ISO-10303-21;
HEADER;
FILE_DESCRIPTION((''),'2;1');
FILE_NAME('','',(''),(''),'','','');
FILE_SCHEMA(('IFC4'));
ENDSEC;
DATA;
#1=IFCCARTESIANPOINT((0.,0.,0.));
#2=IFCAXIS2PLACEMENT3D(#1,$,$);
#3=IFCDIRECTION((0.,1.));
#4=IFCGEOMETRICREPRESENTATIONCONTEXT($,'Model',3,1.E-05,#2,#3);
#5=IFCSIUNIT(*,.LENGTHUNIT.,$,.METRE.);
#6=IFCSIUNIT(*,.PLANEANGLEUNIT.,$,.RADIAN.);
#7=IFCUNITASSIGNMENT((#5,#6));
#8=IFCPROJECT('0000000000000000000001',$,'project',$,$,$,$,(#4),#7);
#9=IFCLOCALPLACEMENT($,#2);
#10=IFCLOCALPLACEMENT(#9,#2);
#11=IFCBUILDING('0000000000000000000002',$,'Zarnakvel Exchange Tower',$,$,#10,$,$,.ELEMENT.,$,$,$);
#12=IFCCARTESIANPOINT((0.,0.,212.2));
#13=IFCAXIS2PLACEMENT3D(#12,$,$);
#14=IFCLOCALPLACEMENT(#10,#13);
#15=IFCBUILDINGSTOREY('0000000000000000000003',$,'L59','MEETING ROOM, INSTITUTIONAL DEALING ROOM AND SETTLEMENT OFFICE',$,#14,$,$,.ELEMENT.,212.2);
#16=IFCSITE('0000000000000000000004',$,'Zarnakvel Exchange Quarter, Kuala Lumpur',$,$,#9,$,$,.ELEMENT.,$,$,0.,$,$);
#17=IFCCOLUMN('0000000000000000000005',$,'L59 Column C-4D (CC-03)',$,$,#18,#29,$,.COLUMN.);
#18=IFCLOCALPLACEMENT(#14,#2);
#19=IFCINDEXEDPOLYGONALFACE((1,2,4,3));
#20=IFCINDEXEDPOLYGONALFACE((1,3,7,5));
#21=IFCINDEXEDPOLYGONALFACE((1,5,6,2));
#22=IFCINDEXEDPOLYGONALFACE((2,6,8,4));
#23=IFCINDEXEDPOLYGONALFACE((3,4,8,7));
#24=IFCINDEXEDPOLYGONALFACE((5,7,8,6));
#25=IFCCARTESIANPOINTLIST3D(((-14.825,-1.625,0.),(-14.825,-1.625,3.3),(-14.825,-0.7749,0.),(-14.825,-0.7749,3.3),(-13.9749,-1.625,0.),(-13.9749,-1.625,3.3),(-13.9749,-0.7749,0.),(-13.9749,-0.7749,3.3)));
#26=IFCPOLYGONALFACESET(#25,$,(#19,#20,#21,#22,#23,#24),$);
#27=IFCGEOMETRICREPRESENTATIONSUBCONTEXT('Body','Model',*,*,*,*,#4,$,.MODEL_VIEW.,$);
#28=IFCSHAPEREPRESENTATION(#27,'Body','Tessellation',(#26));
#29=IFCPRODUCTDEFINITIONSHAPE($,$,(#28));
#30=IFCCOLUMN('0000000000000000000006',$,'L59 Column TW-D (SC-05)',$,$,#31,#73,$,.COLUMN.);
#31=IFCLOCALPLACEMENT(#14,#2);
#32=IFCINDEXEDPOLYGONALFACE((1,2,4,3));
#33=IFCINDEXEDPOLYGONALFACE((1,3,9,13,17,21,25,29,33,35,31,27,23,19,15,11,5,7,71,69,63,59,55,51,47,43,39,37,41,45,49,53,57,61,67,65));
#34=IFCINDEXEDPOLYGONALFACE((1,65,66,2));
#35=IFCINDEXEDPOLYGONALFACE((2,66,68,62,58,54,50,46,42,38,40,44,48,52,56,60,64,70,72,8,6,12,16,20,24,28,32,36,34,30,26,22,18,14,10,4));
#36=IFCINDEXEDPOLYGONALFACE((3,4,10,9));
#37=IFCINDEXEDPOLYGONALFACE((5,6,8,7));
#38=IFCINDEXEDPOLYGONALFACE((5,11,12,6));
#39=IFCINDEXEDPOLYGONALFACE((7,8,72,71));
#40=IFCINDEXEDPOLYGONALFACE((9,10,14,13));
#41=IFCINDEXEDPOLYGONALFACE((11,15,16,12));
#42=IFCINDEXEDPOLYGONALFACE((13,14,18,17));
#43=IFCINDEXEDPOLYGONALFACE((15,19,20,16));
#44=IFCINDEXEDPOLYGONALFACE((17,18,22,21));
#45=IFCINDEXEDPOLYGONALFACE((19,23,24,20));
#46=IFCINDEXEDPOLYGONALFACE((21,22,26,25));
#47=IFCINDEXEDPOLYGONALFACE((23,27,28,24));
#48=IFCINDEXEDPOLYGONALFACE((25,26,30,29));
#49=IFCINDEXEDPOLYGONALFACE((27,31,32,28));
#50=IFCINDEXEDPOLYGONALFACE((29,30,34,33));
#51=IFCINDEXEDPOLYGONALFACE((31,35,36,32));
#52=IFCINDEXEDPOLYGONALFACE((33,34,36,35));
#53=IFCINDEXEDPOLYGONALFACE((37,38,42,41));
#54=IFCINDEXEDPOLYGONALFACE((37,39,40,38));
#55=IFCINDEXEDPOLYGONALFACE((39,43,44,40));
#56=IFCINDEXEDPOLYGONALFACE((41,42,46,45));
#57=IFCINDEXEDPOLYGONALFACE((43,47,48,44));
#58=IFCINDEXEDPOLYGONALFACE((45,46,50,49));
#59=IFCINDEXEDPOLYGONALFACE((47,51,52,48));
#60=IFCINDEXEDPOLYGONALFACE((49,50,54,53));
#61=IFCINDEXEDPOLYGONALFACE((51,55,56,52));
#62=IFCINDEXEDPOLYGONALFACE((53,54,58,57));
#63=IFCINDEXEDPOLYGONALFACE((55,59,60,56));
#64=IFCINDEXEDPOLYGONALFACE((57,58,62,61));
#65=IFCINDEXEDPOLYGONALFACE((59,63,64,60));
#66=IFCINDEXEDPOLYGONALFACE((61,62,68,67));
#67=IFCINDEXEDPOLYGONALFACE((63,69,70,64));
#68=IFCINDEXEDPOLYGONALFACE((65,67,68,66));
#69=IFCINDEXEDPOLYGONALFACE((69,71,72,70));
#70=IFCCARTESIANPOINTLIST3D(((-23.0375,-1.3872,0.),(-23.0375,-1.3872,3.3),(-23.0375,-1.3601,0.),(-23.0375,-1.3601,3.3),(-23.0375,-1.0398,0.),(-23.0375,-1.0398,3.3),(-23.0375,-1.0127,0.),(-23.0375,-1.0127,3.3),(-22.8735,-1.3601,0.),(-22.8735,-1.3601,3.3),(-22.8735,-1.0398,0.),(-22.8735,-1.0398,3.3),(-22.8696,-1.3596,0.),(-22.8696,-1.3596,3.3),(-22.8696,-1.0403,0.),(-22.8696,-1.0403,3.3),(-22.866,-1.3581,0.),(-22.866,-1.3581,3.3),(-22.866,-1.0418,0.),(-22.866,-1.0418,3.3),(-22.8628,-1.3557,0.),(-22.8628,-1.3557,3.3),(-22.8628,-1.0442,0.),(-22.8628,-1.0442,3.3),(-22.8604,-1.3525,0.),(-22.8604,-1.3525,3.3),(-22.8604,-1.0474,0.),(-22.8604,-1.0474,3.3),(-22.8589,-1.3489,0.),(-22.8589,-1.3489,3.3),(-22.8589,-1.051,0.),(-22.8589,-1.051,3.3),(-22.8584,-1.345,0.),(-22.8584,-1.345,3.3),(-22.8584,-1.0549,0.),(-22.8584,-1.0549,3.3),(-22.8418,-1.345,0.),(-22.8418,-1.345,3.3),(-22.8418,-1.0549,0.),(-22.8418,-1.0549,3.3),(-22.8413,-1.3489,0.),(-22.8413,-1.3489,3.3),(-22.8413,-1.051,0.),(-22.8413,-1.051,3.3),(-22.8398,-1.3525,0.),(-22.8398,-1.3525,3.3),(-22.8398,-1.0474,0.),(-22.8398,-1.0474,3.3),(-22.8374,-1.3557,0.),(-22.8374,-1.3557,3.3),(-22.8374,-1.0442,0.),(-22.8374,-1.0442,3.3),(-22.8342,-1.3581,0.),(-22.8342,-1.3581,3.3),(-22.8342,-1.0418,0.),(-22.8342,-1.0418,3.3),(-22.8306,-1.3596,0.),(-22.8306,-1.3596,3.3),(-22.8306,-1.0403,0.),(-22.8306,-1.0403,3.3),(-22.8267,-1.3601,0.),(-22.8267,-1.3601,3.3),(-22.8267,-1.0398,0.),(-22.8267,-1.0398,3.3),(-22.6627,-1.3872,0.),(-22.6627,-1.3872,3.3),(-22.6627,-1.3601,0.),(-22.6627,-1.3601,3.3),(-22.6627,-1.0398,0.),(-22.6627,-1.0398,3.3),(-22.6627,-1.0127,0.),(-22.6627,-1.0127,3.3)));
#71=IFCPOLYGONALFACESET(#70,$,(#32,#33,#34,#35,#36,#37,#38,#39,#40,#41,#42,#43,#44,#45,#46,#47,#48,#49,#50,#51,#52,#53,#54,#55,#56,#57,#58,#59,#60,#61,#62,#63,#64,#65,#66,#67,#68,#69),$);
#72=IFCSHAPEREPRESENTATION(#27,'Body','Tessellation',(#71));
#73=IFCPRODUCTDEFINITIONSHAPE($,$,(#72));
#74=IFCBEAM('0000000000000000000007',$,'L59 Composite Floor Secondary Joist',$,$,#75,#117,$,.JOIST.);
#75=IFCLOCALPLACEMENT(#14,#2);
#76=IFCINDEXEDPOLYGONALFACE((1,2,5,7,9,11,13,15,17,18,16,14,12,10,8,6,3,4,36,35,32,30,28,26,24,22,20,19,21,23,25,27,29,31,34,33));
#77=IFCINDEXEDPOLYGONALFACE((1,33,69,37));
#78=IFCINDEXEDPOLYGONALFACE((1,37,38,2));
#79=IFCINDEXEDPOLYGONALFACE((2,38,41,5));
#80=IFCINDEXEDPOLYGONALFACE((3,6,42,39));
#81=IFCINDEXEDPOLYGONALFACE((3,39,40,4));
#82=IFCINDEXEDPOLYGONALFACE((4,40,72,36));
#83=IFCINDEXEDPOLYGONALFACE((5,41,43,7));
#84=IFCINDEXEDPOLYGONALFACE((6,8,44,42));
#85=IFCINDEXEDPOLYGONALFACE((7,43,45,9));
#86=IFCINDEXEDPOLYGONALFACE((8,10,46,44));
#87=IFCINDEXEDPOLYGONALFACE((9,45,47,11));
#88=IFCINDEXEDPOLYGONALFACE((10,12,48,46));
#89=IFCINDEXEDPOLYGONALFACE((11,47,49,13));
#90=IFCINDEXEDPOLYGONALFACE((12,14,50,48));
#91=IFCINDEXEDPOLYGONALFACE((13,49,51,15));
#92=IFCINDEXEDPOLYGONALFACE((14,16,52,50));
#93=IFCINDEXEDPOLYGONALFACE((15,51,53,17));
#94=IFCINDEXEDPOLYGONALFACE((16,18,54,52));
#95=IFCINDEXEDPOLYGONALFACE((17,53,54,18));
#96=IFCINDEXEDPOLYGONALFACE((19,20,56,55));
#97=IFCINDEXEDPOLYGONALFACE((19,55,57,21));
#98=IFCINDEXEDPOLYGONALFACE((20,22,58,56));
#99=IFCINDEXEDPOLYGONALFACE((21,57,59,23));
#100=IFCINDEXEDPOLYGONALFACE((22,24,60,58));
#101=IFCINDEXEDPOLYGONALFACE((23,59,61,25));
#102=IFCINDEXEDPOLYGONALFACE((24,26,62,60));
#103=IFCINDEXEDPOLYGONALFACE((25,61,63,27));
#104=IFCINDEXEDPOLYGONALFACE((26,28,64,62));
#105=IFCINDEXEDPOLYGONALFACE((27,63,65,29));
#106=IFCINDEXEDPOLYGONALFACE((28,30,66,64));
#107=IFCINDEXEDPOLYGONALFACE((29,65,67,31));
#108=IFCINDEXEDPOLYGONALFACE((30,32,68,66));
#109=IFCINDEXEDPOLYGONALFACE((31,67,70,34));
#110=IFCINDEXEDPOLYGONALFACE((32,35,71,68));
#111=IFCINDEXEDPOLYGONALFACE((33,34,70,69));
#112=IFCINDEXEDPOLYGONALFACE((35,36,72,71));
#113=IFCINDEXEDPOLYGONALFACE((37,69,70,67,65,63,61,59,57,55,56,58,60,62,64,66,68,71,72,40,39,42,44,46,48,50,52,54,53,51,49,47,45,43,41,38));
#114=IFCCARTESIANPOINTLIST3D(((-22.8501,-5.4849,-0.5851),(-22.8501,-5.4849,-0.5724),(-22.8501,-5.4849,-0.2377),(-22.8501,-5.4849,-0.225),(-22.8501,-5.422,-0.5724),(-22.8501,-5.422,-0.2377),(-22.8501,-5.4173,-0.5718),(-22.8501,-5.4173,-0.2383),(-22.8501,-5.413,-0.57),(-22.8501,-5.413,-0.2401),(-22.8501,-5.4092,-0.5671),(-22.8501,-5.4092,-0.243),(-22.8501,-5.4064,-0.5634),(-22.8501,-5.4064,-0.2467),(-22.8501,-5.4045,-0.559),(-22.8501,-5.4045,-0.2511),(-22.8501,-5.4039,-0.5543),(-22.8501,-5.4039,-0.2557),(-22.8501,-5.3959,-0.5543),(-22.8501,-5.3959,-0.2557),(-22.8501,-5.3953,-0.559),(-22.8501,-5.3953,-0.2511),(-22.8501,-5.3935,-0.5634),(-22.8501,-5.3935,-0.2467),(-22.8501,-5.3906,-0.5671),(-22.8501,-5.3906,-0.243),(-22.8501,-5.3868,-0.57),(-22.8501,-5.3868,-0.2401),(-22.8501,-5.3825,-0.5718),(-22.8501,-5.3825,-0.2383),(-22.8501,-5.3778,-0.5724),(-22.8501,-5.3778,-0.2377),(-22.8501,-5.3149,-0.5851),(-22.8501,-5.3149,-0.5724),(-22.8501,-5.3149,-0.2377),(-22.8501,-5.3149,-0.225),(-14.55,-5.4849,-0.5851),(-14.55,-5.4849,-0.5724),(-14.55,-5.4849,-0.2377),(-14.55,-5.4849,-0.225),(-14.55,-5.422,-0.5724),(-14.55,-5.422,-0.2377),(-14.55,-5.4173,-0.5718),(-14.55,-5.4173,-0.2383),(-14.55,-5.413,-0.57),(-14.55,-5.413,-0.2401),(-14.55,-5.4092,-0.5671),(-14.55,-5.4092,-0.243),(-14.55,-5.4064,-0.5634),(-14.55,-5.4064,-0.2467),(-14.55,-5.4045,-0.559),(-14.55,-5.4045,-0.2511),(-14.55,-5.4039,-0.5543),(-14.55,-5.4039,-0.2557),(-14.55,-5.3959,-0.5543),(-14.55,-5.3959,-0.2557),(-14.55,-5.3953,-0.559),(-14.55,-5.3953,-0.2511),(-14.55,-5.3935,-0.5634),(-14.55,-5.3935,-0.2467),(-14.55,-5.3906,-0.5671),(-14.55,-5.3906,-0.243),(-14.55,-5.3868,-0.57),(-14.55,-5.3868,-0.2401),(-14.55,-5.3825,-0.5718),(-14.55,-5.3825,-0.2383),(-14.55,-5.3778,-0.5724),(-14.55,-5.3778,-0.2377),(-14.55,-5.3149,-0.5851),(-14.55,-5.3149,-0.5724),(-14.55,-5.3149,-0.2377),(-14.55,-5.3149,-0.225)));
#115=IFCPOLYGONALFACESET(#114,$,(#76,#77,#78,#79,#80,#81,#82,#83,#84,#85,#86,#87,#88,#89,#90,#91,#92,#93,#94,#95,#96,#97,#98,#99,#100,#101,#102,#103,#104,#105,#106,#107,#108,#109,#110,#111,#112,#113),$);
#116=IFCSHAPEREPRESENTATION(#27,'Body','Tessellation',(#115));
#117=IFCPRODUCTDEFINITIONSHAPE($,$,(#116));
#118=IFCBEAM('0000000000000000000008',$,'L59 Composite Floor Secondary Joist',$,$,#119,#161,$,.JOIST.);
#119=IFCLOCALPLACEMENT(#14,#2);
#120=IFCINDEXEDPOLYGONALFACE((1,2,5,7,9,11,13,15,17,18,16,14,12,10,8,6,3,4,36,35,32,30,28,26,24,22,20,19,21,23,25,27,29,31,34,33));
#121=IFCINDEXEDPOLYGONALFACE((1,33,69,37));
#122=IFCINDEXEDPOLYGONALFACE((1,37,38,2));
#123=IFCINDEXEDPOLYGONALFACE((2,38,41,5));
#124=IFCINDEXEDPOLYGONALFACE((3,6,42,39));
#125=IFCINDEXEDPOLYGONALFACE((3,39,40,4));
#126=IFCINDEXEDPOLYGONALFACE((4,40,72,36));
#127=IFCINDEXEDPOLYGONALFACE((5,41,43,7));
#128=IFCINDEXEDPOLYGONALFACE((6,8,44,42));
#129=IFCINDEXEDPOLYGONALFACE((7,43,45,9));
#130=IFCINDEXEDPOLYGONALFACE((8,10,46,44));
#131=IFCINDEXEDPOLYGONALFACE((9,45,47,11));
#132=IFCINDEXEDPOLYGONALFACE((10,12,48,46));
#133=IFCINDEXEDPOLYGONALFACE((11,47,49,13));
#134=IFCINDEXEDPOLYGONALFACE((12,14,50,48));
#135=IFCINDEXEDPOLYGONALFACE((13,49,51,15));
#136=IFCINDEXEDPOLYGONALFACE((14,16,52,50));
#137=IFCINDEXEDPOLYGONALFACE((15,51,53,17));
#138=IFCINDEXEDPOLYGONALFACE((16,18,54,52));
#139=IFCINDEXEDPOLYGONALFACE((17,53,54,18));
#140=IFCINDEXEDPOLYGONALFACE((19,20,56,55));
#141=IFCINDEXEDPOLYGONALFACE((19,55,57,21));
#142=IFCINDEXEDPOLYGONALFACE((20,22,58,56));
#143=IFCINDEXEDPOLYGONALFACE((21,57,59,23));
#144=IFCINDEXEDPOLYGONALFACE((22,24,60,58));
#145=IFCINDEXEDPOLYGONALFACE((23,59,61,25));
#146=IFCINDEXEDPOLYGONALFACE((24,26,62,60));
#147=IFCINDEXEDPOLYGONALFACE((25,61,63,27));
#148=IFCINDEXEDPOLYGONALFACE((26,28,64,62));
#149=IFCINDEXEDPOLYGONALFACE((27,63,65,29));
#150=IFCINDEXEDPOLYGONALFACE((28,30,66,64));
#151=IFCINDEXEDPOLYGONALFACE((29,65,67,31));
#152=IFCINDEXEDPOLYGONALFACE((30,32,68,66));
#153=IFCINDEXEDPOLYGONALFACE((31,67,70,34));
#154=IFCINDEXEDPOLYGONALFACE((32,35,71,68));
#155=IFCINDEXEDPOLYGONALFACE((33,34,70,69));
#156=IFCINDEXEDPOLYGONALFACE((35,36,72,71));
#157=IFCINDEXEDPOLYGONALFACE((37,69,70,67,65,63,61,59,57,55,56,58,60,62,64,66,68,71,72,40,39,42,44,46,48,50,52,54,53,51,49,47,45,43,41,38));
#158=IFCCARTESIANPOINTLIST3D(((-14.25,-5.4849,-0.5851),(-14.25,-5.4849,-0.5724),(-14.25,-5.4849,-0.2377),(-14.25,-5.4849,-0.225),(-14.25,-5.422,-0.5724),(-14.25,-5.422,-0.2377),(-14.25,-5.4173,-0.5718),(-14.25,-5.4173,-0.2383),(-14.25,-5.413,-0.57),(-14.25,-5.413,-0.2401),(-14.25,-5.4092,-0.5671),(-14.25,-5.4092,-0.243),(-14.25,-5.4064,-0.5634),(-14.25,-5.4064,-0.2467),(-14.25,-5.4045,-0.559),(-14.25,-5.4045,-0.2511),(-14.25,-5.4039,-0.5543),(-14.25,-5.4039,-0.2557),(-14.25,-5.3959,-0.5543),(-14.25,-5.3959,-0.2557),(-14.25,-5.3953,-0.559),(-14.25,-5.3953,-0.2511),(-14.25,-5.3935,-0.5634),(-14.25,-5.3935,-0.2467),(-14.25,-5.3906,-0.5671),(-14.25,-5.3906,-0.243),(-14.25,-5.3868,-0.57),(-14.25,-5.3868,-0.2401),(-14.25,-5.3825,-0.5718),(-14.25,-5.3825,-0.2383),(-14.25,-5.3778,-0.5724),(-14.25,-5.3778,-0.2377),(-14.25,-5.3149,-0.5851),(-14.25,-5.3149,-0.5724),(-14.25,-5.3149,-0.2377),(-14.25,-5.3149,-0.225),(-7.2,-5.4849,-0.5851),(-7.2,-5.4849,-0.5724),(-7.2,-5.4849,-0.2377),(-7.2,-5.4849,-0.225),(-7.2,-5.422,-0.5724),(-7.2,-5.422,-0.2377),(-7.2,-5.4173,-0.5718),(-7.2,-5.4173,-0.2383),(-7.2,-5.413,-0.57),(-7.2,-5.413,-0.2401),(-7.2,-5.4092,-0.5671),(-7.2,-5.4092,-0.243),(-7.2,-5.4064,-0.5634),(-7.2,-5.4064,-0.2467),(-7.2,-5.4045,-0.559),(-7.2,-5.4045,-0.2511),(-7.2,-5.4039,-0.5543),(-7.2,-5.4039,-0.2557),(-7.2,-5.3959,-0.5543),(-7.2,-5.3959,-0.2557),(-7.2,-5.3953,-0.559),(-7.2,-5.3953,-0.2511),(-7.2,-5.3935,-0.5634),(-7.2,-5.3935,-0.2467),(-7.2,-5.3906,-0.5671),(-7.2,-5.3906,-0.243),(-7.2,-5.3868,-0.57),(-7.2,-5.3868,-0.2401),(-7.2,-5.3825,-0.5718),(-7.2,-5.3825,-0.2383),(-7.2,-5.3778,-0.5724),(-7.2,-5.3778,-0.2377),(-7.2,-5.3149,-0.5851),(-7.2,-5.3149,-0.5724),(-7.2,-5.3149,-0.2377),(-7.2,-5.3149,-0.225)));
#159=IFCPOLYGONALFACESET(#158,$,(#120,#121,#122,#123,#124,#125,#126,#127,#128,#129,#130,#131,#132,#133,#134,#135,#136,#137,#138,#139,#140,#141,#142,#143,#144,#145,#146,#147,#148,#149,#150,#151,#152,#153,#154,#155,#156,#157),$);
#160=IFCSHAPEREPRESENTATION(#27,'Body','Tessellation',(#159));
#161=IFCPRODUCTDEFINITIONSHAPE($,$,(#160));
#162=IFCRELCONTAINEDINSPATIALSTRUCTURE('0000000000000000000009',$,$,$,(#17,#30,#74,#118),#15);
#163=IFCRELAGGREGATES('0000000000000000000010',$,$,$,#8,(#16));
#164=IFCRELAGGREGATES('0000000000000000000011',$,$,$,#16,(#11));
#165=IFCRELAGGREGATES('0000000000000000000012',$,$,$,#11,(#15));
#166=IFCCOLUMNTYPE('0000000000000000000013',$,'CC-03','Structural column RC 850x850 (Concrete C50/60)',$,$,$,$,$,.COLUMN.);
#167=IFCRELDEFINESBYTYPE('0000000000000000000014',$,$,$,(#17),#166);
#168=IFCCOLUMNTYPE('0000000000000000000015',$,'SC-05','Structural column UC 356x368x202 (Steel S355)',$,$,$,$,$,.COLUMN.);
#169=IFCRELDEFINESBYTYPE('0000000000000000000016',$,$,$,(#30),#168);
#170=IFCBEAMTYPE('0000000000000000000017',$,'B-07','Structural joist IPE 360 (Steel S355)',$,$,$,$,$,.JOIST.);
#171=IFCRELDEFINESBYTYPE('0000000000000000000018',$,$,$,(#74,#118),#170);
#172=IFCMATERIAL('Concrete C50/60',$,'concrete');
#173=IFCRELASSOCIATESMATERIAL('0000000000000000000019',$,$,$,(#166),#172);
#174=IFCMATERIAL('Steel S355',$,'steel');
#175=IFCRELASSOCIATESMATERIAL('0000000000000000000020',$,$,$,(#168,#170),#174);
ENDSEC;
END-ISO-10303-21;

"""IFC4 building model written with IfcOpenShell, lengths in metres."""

from ifc_helpers import new_model, si_unit, direction, frame, origin, origin_2d, place, context, subcontext, project, spatial, rectangle, i_section, extrude, material, material_profile, profile_set, type_object, element, save


model = new_model("IFC4")

# Units and contexts
model_context = context("Model", 3, precision=1e-05, world=origin(), true_north=direction((0.0, 1.0)))
body_context = subcontext(model_context, "Body", "Model", "MODEL_VIEW")
ifc_project = project(units=[si_unit("LENGTHUNIT", "METRE"), si_unit("PLANEANGLEUNIT", "RADIAN")], contexts=[model_context])

# Site, building, storey
site_placement = place(None, origin())
site = spatial("IfcSite", under=ifc_project, at=site_placement, Name="Zarnakvel Exchange Quarter, Kuala Lumpur", CompositionType="ELEMENT", RefElevation=0.0)
building_placement = place(site_placement, origin())
building = spatial("IfcBuilding", under=site, at=building_placement, Name="Zarnakvel Exchange Tower", CompositionType="ELEMENT")
storey_placement = place(building_placement, frame((0.0, 0.0, 212.2)))
storey = spatial("IfcBuildingStorey", under=building, at=storey_placement, Name="L59", Description="MEETING ROOM, INSTITUTIONAL DEALING ROOM AND SETTLEMENT OFFICE", CompositionType="ELEMENT", Elevation=212.2)

# Columns
ifc_material_1 = material(Name="Concrete C50/60", Category="concrete")
ifc_material_profile_1 = material_profile(ifc_material_1, rectangle(XDim=0.8501, YDim=0.8501, at=origin_2d()))
ifc_profile_set_1 = profile_set([ifc_material_profile_1], Name="Concrete C50/60")
column_type_1 = type_object("IfcColumnType", Name="CC-03", Description="Structural column RC 850x850 (Concrete C50/60)", PredefinedType="COLUMN", material=ifc_profile_set_1)
column_1_placement = place(storey_placement, frame((-14.3999, -1.2, 0.0), z_axis=(0.0, 0.0, 1.0), x_axis=(1.0, 0.0, 0.0)))
element("IfcColumn", 1, at=column_1_placement, inside=storey, type_object=column_type_1, Name="L59 Column C-4D (CC-03)", PredefinedType="COLUMN", context=body_context, shape_type="SweptSolid", body=[
    extrude(rectangle(XDim=0.8501, YDim=0.8501, at=origin_2d()), origin(), (0.0, 0.0, 1.0), 3.3),
])
ifc_material_2 = material(Name="Steel S355", Category="steel")
ifc_material_profile_2 = material_profile(ifc_material_2, i_section(OverallWidth=0.3748, OverallDepth=0.3745, WebThickness=0.0166, FlangeThickness=0.0271, FilletRadius=0.0151, at=origin_2d()))
ifc_profile_set_2 = profile_set([ifc_material_profile_2], Name="Steel S355")
column_type_2 = type_object("IfcColumnType", Name="SC-05", Description="Structural column UC 356x368x202 (Steel S355)", PredefinedType="COLUMN", material=ifc_profile_set_2)
column_2_placement = place(storey_placement, frame((-22.8501, -1.2, 0.0), z_axis=(0.0, 0.0, 1.0), x_axis=(1.0, 0.0, 0.0)))
element("IfcColumn", 2, at=column_2_placement, inside=storey, type_object=column_type_2, Name="L59 Column TW-D (SC-05)", PredefinedType="COLUMN", context=body_context, shape_type="SweptSolid", body=[
    extrude(i_section(OverallWidth=0.3748, OverallDepth=0.3745, WebThickness=0.0166, FlangeThickness=0.0271, FilletRadius=0.0151, at=origin_2d()), origin(), (0.0, 0.0, 1.0), 3.3),
])

# Beams
ifc_material_profile_3 = material_profile(ifc_material_2, i_section(OverallWidth=0.1699, OverallDepth=0.3601, WebThickness=0.0081, FlangeThickness=0.0127, FilletRadius=0.0181, at=origin_2d()))
ifc_profile_set_3 = profile_set([ifc_material_profile_3], Name="Steel S355")
beam_type_1 = type_object("IfcBeamType", Name="B-07", Description="Structural joist IPE 360 (Steel S355)", PredefinedType="JOIST", material=ifc_profile_set_3)
beam_1_placement = place(storey_placement, frame((-22.8501, -5.3999, -0.405), z_axis=(1.0, 0.0, 0.0), x_axis=(0.0, 1.0, 0.0)))
element("IfcBeam", 3, at=beam_1_placement, inside=storey, type_object=beam_type_1, Name="L59 Composite Floor Secondary Joist", PredefinedType="JOIST", context=body_context, shape_type="SweptSolid", body=[
    extrude(i_section(OverallWidth=0.1699, OverallDepth=0.3601, WebThickness=0.0081, FlangeThickness=0.0127, FilletRadius=0.0181, at=origin_2d()), origin(), (0.0, 0.0, 1.0), 8.3),
])
beam_2_placement = place(storey_placement, frame((-14.25, -5.3999, -0.405), z_axis=(1.0, 0.0, 0.0), x_axis=(0.0, 1.0, 0.0)))
element("IfcBeam", 4, at=beam_2_placement, inside=storey, type_object=beam_type_1, Name="L59 Composite Floor Secondary Joist", PredefinedType="JOIST", context=body_context, shape_type="SweptSolid", body=[
    extrude(i_section(OverallWidth=0.1699, OverallDepth=0.3601, WebThickness=0.0081, FlangeThickness=0.0127, FilletRadius=0.0181, at=origin_2d()), origin(), (0.0, 0.0, 1.0), 7.05),
])

save(model, "model.ifc")
